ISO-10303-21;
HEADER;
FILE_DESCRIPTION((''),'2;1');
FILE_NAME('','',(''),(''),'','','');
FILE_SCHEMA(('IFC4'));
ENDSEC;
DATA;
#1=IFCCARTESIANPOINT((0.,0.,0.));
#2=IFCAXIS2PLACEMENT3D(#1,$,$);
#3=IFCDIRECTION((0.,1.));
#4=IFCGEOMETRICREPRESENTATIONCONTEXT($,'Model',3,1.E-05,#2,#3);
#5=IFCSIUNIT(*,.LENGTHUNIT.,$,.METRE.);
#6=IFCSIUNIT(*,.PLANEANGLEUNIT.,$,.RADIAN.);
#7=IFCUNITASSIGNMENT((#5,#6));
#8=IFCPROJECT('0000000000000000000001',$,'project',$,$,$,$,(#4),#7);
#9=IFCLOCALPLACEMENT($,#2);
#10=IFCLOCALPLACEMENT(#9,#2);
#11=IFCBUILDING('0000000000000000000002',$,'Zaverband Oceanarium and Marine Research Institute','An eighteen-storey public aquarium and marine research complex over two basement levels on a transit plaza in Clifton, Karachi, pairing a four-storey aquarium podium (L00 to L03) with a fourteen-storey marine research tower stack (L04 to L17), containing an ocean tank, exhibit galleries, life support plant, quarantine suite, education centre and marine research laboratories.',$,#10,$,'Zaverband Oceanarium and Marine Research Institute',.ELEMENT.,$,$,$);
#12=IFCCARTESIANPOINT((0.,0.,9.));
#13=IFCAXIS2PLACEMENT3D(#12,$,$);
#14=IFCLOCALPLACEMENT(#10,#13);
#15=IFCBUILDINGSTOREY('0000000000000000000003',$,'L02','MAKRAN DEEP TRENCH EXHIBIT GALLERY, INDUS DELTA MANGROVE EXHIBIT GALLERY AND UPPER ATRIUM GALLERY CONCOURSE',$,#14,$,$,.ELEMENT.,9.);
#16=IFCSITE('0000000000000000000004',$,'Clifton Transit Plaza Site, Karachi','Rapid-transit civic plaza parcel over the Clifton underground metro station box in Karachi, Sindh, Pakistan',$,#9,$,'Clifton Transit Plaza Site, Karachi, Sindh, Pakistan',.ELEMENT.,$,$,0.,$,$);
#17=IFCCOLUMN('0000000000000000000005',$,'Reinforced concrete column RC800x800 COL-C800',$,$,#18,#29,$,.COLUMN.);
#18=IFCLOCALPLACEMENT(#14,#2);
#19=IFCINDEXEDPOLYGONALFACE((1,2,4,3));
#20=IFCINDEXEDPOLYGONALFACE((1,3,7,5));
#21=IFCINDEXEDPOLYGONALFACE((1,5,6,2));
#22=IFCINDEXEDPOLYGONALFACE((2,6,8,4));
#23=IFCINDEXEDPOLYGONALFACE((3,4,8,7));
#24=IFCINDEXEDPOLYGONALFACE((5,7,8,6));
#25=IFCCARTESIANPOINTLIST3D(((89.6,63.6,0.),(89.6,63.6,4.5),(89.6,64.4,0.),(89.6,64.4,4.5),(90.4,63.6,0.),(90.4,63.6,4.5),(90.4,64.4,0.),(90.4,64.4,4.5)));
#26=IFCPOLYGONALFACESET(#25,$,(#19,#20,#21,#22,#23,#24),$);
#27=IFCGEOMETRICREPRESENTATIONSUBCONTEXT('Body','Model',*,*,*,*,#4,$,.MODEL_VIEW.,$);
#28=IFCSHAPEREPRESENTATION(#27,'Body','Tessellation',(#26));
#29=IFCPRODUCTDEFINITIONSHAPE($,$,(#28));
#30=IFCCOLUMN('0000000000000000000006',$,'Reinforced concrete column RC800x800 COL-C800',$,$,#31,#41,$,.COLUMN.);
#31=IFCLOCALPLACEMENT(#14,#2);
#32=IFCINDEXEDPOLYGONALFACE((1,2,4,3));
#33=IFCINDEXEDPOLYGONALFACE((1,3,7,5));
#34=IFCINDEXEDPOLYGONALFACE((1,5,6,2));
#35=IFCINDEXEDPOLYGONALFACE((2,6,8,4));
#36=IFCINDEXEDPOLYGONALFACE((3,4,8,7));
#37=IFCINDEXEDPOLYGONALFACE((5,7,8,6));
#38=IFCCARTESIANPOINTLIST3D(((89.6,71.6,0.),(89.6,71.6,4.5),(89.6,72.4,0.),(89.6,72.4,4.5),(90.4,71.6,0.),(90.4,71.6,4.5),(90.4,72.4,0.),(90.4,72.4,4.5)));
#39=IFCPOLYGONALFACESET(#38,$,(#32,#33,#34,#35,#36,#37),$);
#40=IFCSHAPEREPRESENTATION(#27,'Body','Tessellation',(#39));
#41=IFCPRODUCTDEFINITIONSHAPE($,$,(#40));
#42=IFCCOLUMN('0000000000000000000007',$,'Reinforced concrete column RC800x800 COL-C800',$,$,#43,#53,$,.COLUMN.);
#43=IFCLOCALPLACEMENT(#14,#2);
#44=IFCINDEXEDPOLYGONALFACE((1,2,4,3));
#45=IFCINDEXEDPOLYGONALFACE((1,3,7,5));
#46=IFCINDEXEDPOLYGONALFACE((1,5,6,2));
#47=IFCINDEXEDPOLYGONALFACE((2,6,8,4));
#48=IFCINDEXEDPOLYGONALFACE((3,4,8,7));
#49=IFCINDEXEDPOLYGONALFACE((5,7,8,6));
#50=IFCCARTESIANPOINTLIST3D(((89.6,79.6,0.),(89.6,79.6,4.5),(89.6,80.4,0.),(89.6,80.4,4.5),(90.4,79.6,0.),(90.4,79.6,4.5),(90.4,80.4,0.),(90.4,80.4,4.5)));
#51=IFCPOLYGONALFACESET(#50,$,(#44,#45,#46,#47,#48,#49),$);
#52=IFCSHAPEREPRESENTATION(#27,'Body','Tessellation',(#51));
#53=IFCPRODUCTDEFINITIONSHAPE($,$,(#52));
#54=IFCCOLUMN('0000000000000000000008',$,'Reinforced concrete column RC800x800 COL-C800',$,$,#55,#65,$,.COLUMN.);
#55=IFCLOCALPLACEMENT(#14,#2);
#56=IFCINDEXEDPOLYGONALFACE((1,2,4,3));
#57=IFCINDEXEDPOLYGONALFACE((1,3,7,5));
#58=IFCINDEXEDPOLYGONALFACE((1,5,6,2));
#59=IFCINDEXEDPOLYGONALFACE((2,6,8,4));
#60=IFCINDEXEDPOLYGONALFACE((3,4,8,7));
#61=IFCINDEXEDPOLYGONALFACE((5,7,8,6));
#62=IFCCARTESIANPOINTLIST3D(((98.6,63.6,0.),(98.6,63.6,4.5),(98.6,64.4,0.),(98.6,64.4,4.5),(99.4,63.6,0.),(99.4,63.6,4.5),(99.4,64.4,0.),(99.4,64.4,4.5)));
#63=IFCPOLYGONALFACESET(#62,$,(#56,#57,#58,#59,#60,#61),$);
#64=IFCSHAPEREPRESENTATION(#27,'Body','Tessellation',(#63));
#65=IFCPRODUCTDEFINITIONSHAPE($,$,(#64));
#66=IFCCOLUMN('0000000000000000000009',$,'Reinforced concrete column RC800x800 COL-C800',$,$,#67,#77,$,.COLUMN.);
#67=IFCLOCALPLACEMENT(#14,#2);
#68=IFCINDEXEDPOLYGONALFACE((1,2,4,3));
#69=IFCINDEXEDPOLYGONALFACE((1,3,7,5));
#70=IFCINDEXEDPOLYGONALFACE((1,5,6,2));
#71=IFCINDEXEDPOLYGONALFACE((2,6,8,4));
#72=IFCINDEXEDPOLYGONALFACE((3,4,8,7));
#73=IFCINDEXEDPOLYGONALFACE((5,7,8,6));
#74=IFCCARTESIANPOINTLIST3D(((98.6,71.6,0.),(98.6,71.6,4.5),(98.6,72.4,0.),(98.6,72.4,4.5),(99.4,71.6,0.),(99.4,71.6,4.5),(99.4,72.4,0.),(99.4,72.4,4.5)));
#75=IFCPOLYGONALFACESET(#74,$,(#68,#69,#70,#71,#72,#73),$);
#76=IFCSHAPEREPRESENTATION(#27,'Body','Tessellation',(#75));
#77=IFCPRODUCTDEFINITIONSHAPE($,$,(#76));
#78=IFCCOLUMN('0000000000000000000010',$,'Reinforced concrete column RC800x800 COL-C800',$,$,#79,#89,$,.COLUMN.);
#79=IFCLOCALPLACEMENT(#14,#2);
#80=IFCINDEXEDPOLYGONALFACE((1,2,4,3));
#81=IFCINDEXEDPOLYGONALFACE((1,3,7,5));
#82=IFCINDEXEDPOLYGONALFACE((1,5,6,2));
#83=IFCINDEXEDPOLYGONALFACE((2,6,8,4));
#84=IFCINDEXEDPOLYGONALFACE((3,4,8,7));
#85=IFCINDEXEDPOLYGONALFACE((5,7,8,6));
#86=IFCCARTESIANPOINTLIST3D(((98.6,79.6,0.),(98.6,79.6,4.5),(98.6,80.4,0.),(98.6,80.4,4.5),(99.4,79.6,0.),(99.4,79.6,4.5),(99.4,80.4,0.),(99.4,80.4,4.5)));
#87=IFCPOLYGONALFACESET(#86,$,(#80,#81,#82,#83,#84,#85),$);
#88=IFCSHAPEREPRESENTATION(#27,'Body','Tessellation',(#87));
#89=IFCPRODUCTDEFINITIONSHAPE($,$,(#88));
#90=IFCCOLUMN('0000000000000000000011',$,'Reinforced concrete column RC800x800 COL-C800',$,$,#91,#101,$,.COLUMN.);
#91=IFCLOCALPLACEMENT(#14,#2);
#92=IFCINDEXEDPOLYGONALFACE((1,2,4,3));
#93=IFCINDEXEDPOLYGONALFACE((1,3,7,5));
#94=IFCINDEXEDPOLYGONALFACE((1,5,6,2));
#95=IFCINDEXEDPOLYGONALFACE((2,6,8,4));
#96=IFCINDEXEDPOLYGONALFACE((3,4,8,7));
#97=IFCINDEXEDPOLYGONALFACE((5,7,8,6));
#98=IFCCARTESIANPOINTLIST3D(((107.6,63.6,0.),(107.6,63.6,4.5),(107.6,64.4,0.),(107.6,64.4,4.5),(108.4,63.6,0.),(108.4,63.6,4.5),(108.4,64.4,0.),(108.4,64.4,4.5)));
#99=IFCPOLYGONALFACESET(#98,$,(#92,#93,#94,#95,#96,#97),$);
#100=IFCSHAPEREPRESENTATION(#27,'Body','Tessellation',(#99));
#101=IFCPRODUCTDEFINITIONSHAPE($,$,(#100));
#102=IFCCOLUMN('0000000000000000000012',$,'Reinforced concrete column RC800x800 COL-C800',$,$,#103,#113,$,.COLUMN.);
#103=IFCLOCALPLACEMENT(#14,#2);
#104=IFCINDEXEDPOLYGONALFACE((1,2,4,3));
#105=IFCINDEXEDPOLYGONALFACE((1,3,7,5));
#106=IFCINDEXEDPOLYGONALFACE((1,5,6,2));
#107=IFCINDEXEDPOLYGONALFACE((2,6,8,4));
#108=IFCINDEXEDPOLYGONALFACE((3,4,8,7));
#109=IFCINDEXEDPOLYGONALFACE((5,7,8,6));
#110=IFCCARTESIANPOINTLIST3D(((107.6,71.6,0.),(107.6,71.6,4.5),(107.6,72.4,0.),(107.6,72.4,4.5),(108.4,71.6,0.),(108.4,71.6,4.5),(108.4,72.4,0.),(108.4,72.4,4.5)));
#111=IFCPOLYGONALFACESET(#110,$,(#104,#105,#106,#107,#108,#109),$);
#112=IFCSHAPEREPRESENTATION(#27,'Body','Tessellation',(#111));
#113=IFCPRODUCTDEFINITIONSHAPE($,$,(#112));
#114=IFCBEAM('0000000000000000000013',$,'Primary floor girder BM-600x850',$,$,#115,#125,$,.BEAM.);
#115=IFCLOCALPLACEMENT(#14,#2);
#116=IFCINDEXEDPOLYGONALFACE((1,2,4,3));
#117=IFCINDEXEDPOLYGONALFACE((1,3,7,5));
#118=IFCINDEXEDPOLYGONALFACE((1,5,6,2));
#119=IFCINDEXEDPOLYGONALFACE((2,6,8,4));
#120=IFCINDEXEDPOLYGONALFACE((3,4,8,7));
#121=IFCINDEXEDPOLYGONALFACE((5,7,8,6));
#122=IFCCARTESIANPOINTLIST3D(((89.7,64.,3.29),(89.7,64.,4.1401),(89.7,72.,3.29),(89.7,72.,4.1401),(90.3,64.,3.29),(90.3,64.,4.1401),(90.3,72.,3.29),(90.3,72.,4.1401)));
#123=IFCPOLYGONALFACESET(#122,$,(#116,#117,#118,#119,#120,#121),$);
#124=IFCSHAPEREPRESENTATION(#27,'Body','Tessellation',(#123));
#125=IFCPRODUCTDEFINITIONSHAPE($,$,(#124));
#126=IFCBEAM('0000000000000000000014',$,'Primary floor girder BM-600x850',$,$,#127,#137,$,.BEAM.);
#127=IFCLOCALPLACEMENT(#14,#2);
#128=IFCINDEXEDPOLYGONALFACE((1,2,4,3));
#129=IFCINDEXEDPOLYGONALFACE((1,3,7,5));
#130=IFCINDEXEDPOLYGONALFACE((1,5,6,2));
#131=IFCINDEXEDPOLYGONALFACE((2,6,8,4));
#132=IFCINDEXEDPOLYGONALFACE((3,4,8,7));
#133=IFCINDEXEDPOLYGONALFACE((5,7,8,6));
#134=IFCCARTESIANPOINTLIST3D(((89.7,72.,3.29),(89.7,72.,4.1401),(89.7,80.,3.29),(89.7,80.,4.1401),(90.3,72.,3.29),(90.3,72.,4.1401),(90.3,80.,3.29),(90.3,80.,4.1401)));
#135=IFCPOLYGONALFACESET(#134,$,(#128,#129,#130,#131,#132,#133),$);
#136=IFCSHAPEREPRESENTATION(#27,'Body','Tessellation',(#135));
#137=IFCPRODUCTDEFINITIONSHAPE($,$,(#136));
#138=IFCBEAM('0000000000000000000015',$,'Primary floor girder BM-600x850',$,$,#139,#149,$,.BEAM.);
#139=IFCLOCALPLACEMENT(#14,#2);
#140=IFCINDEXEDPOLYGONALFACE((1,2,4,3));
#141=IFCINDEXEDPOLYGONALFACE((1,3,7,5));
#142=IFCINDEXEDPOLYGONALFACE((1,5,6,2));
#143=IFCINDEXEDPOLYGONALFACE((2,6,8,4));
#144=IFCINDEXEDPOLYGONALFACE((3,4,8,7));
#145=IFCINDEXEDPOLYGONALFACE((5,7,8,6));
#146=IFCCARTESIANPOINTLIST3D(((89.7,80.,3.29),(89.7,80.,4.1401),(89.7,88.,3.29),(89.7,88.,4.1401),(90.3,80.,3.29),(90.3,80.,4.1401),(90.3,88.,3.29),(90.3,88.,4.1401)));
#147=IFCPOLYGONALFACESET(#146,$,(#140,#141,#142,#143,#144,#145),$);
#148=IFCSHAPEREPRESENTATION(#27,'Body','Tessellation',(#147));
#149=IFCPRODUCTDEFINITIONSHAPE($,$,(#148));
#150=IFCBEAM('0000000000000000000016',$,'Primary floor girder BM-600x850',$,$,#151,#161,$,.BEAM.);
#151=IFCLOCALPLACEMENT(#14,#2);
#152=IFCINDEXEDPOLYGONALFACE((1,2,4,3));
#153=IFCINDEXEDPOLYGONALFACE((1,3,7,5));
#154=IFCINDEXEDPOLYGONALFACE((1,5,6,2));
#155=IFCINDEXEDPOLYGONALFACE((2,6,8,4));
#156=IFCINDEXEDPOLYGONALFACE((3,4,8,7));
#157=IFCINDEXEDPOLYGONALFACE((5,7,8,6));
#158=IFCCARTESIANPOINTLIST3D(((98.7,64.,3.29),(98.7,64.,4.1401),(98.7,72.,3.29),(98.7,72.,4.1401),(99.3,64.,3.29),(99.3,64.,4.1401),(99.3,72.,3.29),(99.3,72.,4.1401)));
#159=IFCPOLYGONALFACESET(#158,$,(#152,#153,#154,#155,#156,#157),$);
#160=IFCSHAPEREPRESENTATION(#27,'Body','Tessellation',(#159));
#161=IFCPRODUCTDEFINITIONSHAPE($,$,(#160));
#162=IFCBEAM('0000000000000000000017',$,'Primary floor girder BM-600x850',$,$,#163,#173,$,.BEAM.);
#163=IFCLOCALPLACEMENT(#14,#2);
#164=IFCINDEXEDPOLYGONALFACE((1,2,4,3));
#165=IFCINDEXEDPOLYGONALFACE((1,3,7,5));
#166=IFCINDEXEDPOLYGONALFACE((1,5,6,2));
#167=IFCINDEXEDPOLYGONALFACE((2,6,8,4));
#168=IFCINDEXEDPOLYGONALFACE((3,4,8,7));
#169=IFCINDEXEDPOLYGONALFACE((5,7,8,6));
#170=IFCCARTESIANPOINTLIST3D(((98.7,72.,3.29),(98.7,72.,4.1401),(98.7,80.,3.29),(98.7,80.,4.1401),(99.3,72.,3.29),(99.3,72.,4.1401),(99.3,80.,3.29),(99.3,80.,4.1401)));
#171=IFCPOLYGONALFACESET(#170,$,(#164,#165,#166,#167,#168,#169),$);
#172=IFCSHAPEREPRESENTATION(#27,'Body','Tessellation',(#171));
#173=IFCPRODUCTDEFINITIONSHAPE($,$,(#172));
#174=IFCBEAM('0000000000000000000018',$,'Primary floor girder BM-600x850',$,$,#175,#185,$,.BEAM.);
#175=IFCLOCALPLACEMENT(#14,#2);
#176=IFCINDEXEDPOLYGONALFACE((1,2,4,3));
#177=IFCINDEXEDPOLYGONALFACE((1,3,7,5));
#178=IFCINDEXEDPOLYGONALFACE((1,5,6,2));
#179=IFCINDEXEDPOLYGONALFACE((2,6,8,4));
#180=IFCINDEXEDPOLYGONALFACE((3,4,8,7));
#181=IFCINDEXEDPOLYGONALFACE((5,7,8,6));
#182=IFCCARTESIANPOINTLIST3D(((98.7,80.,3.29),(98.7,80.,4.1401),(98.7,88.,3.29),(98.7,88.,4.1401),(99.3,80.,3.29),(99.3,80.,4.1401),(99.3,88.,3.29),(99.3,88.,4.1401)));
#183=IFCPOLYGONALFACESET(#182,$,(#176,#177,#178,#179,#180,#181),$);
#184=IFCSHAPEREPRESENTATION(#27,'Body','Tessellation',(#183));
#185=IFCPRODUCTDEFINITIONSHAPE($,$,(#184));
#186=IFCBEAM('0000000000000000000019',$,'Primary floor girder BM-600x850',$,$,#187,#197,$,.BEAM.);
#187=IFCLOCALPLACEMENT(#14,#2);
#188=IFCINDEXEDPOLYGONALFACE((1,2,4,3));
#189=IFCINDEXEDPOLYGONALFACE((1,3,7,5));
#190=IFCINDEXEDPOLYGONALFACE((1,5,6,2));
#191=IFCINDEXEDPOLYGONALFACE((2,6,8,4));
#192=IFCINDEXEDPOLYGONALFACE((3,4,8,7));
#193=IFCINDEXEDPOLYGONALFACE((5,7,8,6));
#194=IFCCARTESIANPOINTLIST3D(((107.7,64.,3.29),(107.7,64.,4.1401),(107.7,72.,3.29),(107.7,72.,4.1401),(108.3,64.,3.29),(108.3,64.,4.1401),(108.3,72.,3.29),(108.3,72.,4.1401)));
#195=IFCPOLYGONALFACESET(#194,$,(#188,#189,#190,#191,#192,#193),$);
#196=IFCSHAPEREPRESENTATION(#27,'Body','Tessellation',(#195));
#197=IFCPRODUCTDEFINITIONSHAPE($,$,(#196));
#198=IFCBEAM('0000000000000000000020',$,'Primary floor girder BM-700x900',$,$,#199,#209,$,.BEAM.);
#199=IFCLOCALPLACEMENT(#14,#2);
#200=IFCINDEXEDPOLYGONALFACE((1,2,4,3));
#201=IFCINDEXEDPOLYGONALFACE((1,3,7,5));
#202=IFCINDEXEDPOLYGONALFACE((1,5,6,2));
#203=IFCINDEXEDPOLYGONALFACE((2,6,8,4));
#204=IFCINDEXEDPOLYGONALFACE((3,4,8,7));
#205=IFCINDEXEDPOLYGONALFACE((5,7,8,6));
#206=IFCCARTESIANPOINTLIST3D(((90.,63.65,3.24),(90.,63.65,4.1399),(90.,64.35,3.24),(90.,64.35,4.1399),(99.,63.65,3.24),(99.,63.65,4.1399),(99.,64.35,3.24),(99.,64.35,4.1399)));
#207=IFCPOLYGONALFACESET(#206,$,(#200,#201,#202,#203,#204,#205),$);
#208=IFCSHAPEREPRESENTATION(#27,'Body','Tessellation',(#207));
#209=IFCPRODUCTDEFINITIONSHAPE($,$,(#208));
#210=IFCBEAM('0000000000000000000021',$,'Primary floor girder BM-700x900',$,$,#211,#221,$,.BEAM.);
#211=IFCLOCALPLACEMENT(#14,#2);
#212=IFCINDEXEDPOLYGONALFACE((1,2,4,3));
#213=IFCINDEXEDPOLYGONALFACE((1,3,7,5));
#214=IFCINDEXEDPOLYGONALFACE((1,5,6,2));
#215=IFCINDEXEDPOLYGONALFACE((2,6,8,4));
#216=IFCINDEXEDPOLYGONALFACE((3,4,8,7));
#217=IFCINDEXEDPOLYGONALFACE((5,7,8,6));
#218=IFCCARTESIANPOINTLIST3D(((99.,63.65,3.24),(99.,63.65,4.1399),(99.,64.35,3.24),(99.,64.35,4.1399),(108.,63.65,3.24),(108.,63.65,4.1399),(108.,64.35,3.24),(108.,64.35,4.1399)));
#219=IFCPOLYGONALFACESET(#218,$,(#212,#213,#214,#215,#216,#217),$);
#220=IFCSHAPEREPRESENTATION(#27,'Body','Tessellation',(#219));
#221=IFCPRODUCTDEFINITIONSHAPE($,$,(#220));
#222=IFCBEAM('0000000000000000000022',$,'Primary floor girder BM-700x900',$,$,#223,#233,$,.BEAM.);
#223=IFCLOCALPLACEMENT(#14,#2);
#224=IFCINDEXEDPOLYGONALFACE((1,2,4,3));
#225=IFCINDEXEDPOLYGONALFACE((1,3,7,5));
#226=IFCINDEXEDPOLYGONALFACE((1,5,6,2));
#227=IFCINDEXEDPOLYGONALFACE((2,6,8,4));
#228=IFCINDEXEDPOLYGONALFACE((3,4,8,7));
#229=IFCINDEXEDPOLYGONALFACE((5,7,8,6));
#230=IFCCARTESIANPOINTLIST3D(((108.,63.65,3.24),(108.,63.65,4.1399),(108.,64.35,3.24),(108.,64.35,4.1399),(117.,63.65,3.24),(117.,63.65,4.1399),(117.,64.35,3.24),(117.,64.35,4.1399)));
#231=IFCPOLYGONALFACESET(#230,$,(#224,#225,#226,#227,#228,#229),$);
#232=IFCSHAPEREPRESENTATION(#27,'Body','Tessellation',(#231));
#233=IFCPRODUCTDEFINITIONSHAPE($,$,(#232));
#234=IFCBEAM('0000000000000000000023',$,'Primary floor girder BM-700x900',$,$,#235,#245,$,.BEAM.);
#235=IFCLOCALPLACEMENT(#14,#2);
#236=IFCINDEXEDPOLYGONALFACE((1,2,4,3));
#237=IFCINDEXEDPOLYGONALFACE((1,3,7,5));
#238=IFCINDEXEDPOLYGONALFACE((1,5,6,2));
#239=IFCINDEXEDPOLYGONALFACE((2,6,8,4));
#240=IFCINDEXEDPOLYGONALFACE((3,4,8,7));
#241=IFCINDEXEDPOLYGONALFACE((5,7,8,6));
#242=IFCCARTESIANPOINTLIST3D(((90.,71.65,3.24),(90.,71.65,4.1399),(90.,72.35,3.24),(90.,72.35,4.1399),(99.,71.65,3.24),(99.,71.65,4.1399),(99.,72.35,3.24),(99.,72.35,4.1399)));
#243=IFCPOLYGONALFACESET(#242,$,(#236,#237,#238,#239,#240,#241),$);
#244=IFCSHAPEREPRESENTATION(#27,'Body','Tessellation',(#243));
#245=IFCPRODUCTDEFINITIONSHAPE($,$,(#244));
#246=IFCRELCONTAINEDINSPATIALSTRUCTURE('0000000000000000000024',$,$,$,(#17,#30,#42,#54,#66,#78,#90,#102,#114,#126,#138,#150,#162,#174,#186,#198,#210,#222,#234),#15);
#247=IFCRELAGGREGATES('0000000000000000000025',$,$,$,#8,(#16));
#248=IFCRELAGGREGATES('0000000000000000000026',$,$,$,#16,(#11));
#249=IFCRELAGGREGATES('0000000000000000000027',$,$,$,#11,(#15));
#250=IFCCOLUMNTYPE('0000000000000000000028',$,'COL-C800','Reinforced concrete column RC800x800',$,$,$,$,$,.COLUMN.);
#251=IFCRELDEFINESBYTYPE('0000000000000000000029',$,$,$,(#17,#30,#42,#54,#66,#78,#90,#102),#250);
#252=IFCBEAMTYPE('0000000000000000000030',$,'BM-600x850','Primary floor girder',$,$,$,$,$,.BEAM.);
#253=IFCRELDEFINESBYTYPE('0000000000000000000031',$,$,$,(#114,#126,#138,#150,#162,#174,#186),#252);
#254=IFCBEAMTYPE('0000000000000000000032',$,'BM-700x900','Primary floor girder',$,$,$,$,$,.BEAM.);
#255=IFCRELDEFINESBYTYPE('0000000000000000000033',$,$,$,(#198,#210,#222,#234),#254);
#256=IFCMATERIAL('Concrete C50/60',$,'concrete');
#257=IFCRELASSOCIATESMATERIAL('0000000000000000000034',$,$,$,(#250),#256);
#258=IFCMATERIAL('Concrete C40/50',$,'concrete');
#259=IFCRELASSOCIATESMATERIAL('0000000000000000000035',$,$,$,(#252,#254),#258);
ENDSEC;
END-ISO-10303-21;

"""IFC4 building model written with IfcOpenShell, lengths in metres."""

from ifc_helpers import new_model, si_unit, direction, frame, origin, origin_2d, place, context, subcontext, project, spatial, rectangle, extrude, material, material_profile, profile_set, type_object, element, save


model = new_model("IFC4")

# Units and contexts
model_context = context("Model", 3, precision=1e-05, world=origin(), true_north=direction((0.0, 1.0)))
body_context = subcontext(model_context, "Body", "Model", "MODEL_VIEW")
ifc_project = project(units=[si_unit("LENGTHUNIT", "METRE"), si_unit("PLANEANGLEUNIT", "RADIAN")], contexts=[model_context])

# Site, building, storey
site_placement = place(None, origin())
site = spatial("IfcSite", under=ifc_project, at=site_placement, Name="Clifton Transit Plaza Site, Karachi", Description="Rapid-transit civic plaza parcel over the Clifton underground metro station box in Karachi, Sindh, Pakistan", LongName="Clifton Transit Plaza Site, Karachi, Sindh, Pakistan", CompositionType="ELEMENT", RefElevation=0.0)
building_placement = place(site_placement, origin())
building = spatial("IfcBuilding", under=site, at=building_placement, Name="Zaverband Oceanarium and Marine Research Institute", Description="An eighteen-storey public aquarium and marine research complex over two basement levels on a transit plaza in Clifton, Karachi, pairing a four-storey aquarium podium (L00 to L03) with a fourteen-storey marine research tower stack (L04 to L17), containing an ocean tank, exhibit galleries, life support plant, quarantine suite, education centre and marine research laboratories.", LongName="Zaverband Oceanarium and Marine Research Institute", CompositionType="ELEMENT")
storey_placement = place(building_placement, frame((0.0, 0.0, 9.0)))
storey = spatial("IfcBuildingStorey", under=building, at=storey_placement, Name="L02", Description="MAKRAN DEEP TRENCH EXHIBIT GALLERY, INDUS DELTA MANGROVE EXHIBIT GALLERY AND UPPER ATRIUM GALLERY CONCOURSE", CompositionType="ELEMENT", Elevation=9.0)

# Columns
ifc_material_1 = material(Name="Concrete C50/60", Category="concrete")
ifc_material_profile_1 = material_profile(ifc_material_1, rectangle(XDim=0.8, YDim=0.8, at=origin_2d()), Name="RC800x800")
ifc_profile_set_1 = profile_set([ifc_material_profile_1], Name="Concrete C50/60")
column_type = type_object("IfcColumnType", Name="COL-C800", Description="Reinforced concrete column RC800x800", PredefinedType="COLUMN", material=ifc_profile_set_1)
for number, where, z_axis, x_axis, name in (
    (1, (90.0, 64.0, 0.0), (0.0, 0.0, 1.0), (1.0, 0.0, 0.0), "Reinforced concrete column RC800x800 COL-C800"),
    (2, (90.0, 72.0, 0.0), (0.0, 0.0, 1.0), (1.0, 0.0, 0.0), "Reinforced concrete column RC800x800 COL-C800"),
    (3, (90.0, 80.0, 0.0), (0.0, 0.0, 1.0), (1.0, 0.0, 0.0), "Reinforced concrete column RC800x800 COL-C800"),
    (4, (99.0, 64.0, 0.0), (0.0, 0.0, 1.0), (1.0, 0.0, 0.0), "Reinforced concrete column RC800x800 COL-C800"),
    (5, (99.0, 72.0, 0.0), (0.0, 0.0, 1.0), (1.0, 0.0, 0.0), "Reinforced concrete column RC800x800 COL-C800"),
    (6, (99.0, 80.0, 0.0), (0.0, 0.0, 1.0), (1.0, 0.0, 0.0), "Reinforced concrete column RC800x800 COL-C800"),
    (7, (108.0, 64.0, 0.0), (0.0, 0.0, 1.0), (1.0, 0.0, 0.0), "Reinforced concrete column RC800x800 COL-C800"),
    (8, (108.0, 72.0, 0.0), (0.0, 0.0, 1.0), (1.0, 0.0, 0.0), "Reinforced concrete column RC800x800 COL-C800"),
):
    element("IfcColumn", number, at=place(storey_placement, frame(where, z_axis=z_axis, x_axis=x_axis)), inside=storey, type_object=column_type, Name=name, PredefinedType="COLUMN", context=body_context, shape_type="SweptSolid", body=[
        extrude(rectangle(XDim=0.8, YDim=0.8, at=origin_2d()), origin(), (0.0, 0.0, 1.0), 4.5),
    ])

# Beams
ifc_material_2 = material(Name="Concrete C40/50", Category="concrete")
ifc_material_profile_2 = material_profile(ifc_material_2, rectangle(XDim=0.6001, YDim=0.8501, at=origin_2d()), Name="RC600x850")
ifc_profile_set_2 = profile_set([ifc_material_profile_2], Name="Concrete C40/50")
beam_type_1 = type_object("IfcBeamType", Name="BM-600x850", Description="Primary floor girder", PredefinedType="BEAM", material=ifc_profile_set_2)
for number, where, z_axis, x_axis, name in (
    (9, (90.0, 64.0, 3.7151), (0.0, 1.0, 0.0), (-1.0, 0.0, 0.0), "Primary floor girder BM-600x850"),
    (10, (90.0, 72.0, 3.7151), (0.0, 1.0, 0.0), (-1.0, 0.0, 0.0), "Primary floor girder BM-600x850"),
    (11, (90.0, 80.0, 3.7151), (0.0, 1.0, 0.0), (-1.0, 0.0, 0.0), "Primary floor girder BM-600x850"),
    (12, (99.0, 64.0, 3.7151), (0.0, 1.0, 0.0), (-1.0, 0.0, 0.0), "Primary floor girder BM-600x850"),
    (13, (99.0, 72.0, 3.7151), (0.0, 1.0, 0.0), (-1.0, 0.0, 0.0), "Primary floor girder BM-600x850"),
    (14, (99.0, 80.0, 3.7151), (0.0, 1.0, 0.0), (-1.0, 0.0, 0.0), "Primary floor girder BM-600x850"),
    (15, (108.0, 64.0, 3.7151), (0.0, 1.0, 0.0), (-1.0, 0.0, 0.0), "Primary floor girder BM-600x850"),
):
    element("IfcBeam", number, at=place(storey_placement, frame(where, z_axis=z_axis, x_axis=x_axis)), inside=storey, type_object=beam_type_1, Name=name, PredefinedType="BEAM", context=body_context, shape_type="SweptSolid", body=[
        extrude(rectangle(XDim=0.6001, YDim=0.8501, at=origin_2d()), origin(), (0.0, 0.0, 1.0), 8.0),
    ])
ifc_material_profile_3 = material_profile(ifc_material_2, rectangle(XDim=0.7, YDim=0.8999, at=origin_2d()), Name="RC700x900")
ifc_profile_set_3 = profile_set([ifc_material_profile_3], Name="Concrete C40/50")
beam_type_2 = type_object("IfcBeamType", Name="BM-700x900", Description="Primary floor girder", PredefinedType="BEAM", material=ifc_profile_set_3)
for number, where, z_axis, x_axis, name in (
    (16, (90.0, 64.0, 3.6899), (1.0, 0.0, 0.0), (0.0, 1.0, 0.0), "Primary floor girder BM-700x900"),
    (17, (99.0, 64.0, 3.6899), (1.0, 0.0, 0.0), (0.0, 1.0, 0.0), "Primary floor girder BM-700x900"),
    (18, (108.0, 64.0, 3.6899), (1.0, 0.0, 0.0), (0.0, 1.0, 0.0), "Primary floor girder BM-700x900"),
    (19, (90.0, 72.0, 3.6899), (1.0, 0.0, 0.0), (0.0, 1.0, 0.0), "Primary floor girder BM-700x900"),
):
    element("IfcBeam", number, at=place(storey_placement, frame(where, z_axis=z_axis, x_axis=x_axis)), inside=storey, type_object=beam_type_2, Name=name, PredefinedType="BEAM", context=body_context, shape_type="SweptSolid", body=[
        extrude(rectangle(XDim=0.7, YDim=0.8999, at=origin_2d()), origin(), (0.0, 0.0, 1.0), 9.0),
    ])

save(model, "model.ifc")
